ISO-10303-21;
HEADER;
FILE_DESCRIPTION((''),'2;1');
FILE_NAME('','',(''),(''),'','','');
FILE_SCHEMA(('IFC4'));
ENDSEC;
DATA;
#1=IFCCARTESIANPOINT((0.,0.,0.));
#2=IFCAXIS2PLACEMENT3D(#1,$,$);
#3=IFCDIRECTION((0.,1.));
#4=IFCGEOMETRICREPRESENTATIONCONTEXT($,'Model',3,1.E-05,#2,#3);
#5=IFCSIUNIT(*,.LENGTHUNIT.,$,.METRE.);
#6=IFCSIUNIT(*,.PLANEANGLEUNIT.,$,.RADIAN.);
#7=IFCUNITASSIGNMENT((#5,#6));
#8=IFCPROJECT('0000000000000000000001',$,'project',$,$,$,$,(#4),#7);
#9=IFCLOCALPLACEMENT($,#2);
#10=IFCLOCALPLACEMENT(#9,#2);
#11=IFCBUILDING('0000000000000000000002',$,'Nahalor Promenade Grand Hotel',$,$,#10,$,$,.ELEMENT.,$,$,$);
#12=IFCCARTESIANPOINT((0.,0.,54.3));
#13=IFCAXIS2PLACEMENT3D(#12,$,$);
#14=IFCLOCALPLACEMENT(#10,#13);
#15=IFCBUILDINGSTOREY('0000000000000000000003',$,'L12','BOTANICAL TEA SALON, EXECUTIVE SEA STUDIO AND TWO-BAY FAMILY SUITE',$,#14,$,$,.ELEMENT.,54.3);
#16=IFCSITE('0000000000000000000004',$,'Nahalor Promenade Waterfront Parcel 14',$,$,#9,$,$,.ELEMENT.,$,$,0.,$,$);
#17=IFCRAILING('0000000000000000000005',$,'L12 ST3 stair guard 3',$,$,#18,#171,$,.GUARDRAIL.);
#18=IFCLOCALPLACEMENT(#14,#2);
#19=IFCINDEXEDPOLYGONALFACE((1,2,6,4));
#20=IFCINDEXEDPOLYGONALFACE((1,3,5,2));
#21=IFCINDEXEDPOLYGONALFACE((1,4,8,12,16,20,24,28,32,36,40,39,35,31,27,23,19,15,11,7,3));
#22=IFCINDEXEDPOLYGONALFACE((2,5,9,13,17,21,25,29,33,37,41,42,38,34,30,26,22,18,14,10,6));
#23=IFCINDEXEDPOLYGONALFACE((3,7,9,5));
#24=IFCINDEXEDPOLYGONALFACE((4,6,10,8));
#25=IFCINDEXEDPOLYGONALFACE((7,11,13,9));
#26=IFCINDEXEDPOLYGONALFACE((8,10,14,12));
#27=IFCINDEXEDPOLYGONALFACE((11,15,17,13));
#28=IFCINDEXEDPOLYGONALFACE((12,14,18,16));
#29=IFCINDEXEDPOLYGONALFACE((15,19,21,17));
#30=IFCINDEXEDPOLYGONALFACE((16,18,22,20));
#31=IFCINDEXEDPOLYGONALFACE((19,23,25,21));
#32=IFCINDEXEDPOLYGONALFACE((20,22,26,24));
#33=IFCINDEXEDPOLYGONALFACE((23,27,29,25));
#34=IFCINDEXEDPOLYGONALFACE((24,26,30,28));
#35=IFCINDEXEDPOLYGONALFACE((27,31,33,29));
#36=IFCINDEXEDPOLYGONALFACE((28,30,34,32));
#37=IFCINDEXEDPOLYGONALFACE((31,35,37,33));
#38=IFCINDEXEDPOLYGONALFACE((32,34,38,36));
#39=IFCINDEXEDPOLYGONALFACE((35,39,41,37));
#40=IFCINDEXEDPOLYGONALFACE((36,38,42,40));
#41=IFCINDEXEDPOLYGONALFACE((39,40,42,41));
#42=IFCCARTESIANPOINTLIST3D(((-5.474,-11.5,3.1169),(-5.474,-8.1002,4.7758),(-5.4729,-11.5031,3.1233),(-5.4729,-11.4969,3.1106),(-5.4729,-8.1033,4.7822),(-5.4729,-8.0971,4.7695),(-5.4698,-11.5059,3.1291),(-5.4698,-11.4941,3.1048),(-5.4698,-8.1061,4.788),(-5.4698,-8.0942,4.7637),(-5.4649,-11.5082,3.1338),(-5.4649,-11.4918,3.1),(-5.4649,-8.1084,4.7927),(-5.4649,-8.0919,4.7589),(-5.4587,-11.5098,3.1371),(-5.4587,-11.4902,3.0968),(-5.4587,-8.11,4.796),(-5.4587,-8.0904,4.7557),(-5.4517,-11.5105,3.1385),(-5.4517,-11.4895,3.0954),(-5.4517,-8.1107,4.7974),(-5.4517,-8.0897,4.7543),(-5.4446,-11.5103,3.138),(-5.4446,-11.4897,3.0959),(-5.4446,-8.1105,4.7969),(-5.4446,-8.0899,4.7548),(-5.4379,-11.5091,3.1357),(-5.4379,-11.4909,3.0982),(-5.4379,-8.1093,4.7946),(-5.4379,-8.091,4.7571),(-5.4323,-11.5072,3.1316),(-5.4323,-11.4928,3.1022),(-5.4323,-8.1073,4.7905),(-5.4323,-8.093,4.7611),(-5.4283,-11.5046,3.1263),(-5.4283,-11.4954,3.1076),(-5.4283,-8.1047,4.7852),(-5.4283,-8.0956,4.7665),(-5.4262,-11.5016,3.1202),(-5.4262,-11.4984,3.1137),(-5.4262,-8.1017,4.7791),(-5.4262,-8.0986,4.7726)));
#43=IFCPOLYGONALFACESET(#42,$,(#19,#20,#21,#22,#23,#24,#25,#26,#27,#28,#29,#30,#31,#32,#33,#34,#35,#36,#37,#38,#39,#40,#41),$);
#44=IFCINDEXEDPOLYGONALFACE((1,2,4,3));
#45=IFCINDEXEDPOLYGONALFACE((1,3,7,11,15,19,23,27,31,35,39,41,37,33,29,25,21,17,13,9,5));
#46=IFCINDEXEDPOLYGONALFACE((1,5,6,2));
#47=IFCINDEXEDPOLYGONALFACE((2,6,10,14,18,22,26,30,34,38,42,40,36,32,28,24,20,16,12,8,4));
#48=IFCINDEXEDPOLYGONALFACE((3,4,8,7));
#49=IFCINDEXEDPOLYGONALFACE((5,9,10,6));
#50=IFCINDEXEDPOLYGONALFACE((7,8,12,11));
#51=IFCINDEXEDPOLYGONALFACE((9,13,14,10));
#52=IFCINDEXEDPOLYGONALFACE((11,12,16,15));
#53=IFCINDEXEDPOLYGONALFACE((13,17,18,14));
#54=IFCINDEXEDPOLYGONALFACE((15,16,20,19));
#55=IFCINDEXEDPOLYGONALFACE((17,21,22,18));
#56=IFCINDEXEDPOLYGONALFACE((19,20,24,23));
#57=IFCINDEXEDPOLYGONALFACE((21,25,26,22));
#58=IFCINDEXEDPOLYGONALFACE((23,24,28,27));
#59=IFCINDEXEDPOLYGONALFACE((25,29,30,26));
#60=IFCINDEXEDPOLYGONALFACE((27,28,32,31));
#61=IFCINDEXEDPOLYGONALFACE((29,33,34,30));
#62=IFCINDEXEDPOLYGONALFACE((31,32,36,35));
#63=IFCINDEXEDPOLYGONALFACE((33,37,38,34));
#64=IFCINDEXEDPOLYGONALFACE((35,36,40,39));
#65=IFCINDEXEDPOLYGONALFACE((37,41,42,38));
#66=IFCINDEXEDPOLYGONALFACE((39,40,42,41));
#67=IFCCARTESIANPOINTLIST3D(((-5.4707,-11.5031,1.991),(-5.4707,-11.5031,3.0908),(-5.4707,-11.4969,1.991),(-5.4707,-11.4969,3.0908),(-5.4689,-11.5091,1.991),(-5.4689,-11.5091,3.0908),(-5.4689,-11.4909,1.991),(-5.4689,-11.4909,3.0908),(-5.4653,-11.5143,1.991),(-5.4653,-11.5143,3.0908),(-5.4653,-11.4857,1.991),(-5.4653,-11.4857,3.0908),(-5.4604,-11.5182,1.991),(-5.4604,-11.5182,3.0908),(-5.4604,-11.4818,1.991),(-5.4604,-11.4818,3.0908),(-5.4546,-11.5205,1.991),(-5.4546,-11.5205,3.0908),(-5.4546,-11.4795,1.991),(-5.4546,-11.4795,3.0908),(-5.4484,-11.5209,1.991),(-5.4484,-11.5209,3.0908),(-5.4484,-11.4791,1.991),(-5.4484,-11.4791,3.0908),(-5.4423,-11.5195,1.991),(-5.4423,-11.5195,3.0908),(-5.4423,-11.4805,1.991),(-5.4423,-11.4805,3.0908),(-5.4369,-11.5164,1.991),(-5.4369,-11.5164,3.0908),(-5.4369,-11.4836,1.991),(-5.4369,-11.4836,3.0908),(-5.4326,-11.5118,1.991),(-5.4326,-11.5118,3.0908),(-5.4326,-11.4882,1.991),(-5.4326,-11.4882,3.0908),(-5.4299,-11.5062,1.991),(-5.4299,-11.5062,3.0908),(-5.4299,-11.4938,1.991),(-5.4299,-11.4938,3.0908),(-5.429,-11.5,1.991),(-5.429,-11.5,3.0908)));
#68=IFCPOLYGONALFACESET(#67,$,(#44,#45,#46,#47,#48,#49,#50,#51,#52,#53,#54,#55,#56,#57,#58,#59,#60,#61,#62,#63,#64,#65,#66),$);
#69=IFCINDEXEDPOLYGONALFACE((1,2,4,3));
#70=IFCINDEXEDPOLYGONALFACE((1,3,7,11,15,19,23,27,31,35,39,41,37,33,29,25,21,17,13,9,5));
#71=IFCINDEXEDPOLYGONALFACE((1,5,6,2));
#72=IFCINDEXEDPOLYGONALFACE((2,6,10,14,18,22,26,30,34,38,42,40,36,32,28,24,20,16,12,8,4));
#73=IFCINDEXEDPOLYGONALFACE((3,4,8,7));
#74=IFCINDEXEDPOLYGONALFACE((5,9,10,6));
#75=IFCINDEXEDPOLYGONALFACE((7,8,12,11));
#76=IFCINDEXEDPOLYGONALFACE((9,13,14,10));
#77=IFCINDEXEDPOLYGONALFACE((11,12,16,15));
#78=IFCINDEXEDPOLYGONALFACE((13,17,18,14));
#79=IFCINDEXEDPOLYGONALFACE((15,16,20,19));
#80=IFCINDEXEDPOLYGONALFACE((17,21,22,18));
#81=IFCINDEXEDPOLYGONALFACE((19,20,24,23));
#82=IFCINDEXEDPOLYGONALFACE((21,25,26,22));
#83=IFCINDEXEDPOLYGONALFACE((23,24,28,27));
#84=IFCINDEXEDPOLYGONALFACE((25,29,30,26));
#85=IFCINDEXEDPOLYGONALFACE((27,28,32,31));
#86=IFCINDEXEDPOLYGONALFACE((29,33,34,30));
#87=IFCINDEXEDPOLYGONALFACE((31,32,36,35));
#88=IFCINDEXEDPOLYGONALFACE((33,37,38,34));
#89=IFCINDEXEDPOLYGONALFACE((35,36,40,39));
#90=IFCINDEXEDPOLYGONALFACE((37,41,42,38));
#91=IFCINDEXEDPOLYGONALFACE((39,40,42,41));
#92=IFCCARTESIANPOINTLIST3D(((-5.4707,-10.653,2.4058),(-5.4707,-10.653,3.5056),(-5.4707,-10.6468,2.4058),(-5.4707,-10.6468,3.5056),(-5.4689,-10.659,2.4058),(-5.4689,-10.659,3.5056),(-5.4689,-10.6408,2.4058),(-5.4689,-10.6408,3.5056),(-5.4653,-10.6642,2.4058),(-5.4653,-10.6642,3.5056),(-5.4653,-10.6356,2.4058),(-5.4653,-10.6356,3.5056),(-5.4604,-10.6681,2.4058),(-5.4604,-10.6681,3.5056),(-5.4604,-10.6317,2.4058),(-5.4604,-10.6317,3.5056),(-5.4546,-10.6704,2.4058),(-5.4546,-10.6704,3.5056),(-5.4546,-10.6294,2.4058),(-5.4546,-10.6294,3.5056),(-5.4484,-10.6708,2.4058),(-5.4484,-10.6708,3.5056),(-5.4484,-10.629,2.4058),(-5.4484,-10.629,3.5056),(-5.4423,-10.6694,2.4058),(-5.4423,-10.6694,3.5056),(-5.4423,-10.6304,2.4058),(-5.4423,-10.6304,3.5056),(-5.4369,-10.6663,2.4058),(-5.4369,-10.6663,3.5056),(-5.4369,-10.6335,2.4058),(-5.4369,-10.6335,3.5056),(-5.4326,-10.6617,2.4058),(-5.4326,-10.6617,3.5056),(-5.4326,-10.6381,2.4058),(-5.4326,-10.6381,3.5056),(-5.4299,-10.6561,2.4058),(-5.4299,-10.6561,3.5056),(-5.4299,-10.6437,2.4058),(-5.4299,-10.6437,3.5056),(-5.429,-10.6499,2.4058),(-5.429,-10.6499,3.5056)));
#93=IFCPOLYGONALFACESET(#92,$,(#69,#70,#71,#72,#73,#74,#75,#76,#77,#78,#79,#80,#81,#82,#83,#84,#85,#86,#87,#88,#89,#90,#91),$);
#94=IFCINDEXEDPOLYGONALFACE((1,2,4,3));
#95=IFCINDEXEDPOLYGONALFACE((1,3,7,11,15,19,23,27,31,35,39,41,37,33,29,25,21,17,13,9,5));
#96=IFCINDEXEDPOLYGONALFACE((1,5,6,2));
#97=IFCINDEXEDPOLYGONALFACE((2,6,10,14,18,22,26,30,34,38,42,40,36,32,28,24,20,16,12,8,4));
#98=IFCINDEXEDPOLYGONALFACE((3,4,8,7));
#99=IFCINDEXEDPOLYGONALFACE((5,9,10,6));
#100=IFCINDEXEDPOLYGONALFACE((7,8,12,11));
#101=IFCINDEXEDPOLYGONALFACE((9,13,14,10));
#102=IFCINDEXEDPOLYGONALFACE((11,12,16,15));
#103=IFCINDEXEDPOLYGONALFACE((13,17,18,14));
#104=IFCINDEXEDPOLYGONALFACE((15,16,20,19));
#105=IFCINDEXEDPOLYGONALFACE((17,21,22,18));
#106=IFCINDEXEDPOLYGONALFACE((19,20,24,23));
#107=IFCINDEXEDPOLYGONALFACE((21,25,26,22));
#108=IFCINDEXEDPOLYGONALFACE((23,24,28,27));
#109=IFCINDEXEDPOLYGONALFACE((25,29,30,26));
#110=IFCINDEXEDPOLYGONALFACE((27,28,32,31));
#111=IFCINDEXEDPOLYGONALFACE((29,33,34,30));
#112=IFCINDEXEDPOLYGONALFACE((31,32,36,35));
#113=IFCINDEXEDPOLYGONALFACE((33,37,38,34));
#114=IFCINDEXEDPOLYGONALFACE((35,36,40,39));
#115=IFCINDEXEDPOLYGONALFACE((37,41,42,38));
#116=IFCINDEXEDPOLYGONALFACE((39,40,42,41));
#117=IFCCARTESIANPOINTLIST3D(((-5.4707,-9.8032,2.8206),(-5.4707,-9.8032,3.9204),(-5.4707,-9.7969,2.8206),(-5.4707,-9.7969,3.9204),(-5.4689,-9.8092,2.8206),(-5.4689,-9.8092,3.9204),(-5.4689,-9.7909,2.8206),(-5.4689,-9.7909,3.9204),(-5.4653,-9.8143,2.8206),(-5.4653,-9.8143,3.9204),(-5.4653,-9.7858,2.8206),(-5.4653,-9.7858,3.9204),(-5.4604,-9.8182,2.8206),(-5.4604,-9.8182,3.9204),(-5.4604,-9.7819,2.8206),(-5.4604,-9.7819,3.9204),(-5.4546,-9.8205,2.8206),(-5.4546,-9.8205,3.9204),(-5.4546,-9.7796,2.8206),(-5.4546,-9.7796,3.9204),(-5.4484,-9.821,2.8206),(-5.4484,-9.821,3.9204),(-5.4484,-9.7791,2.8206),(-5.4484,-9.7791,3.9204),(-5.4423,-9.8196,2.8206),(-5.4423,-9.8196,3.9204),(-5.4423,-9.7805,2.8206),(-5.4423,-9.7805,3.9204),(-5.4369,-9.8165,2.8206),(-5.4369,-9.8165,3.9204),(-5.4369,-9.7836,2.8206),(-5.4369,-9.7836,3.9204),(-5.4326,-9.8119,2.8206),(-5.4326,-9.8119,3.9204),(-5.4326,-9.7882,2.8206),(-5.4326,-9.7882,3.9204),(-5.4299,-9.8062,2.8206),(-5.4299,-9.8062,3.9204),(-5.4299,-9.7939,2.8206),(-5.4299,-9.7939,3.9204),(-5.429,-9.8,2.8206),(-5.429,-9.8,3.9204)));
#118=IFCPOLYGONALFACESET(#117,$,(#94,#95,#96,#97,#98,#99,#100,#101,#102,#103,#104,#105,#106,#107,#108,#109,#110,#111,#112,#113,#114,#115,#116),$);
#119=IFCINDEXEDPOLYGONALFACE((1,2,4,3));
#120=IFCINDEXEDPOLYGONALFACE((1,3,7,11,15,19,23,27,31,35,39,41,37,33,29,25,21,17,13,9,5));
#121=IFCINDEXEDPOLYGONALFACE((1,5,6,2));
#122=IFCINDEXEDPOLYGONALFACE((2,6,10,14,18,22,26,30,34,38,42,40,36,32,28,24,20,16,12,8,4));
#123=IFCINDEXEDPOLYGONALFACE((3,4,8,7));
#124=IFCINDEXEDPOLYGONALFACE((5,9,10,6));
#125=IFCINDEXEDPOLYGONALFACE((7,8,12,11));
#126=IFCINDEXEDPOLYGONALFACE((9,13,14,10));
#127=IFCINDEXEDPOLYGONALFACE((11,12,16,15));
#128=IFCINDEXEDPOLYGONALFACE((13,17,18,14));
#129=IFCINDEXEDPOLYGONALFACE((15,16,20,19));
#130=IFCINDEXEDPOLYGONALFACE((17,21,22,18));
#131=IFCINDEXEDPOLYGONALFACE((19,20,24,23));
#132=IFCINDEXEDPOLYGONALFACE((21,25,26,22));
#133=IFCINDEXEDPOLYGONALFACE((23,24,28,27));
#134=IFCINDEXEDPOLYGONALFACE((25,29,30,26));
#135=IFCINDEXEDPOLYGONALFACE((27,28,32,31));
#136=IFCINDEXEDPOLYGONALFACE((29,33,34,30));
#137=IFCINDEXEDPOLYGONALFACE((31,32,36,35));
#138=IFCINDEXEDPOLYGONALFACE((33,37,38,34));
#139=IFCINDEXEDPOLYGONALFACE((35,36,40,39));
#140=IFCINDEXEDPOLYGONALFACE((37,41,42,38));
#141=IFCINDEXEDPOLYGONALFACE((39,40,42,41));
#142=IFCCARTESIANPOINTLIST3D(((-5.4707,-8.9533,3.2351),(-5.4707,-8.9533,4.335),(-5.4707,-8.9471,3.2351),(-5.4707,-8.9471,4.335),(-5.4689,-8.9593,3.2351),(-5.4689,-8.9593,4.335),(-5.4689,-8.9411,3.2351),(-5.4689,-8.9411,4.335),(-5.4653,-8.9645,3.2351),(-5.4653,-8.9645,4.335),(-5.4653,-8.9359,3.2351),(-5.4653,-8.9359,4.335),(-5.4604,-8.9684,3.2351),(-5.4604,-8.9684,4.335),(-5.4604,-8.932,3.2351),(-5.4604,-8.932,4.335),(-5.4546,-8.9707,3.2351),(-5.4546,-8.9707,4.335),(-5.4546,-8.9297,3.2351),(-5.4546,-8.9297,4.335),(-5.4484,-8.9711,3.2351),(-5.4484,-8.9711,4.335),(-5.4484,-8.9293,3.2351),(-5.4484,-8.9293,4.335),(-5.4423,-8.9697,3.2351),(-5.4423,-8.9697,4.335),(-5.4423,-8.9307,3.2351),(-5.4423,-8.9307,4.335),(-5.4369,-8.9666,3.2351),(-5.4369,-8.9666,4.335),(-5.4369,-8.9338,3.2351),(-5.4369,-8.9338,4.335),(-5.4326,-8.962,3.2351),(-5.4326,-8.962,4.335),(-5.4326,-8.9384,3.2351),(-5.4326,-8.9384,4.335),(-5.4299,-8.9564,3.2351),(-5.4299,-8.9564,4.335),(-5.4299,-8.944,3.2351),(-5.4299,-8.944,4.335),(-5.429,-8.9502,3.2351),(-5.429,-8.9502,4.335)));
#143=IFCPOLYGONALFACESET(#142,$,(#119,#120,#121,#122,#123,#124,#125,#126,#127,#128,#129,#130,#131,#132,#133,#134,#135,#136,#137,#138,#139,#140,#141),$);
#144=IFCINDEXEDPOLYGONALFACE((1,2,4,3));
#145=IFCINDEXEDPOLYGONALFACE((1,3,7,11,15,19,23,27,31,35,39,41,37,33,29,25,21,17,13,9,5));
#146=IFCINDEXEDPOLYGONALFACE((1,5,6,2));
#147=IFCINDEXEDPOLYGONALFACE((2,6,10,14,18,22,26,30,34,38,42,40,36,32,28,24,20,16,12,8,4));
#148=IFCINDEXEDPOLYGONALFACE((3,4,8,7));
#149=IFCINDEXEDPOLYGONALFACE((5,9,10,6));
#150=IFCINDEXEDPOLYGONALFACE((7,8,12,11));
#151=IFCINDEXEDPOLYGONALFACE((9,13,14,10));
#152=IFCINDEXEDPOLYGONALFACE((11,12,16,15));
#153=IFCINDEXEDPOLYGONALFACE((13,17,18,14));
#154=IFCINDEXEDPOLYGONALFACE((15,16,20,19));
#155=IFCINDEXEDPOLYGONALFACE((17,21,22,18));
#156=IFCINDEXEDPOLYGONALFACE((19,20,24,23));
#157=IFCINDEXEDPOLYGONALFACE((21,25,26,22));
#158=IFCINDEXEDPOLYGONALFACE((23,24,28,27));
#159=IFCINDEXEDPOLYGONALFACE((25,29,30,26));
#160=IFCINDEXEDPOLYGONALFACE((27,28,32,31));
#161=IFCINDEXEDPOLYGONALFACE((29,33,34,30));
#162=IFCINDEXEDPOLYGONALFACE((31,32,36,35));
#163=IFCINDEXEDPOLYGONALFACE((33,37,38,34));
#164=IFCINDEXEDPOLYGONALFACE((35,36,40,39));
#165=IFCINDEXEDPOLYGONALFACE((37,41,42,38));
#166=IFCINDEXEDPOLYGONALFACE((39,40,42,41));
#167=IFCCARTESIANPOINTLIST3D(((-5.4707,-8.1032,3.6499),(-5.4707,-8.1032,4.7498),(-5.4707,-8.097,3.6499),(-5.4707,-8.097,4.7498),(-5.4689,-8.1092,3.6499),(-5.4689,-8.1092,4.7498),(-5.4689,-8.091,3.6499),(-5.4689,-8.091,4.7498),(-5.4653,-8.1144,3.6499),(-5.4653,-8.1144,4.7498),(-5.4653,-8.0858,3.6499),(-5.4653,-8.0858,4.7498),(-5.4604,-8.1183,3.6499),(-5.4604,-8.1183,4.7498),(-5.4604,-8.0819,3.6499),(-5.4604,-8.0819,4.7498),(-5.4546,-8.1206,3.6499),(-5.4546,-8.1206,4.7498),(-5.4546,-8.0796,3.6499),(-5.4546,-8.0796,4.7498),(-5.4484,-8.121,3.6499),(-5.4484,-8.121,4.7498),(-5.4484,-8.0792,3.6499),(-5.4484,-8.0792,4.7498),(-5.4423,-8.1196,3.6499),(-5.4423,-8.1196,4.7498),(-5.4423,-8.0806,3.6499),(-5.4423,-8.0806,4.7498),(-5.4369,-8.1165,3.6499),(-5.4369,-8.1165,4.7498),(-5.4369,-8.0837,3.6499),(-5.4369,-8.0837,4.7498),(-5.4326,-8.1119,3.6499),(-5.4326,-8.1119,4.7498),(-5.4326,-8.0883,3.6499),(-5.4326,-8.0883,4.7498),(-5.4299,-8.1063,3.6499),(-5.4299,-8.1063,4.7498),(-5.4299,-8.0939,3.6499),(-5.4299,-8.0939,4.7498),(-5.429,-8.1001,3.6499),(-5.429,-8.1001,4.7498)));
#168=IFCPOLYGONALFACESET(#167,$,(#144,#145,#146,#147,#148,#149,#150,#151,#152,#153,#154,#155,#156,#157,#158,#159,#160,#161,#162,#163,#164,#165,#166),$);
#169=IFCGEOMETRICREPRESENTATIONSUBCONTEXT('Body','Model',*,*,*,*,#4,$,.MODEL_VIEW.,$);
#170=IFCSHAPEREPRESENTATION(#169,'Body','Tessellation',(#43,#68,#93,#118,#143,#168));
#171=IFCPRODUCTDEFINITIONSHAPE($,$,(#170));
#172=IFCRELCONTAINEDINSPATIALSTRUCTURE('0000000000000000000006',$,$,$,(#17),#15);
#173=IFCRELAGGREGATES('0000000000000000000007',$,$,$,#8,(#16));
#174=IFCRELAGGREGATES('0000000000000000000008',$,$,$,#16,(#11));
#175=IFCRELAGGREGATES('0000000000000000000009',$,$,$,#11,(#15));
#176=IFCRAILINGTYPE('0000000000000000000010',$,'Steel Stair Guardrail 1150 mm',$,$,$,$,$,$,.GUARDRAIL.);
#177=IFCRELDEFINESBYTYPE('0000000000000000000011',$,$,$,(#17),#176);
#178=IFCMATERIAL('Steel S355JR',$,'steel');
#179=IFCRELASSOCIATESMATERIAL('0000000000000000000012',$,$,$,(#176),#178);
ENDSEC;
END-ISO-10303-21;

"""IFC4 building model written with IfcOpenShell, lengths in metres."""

from ifc_helpers import new_model, si_unit, direction, frame, origin, origin_2d, place, context, subcontext, project, spatial, circle, extrude, material, type_object, element, save


model = new_model("IFC4")

# Units and contexts
model_context = context("Model", 3, precision=1e-05, world=origin(), true_north=direction((0.0, 1.0)))
body_context = subcontext(model_context, "Body", "Model", "MODEL_VIEW")
ifc_project = project(units=[si_unit("LENGTHUNIT", "METRE"), si_unit("PLANEANGLEUNIT", "RADIAN")], contexts=[model_context])

# Site, building, storey
site_placement = place(None, origin())
site = spatial("IfcSite", under=ifc_project, at=site_placement, Name="Nahalor Promenade Waterfront Parcel 14", CompositionType="ELEMENT", RefElevation=0.0)
building_placement = place(site_placement, origin())
building = spatial("IfcBuilding", under=site, at=building_placement, Name="Nahalor Promenade Grand Hotel", CompositionType="ELEMENT")
storey_placement = place(building_placement, frame((0.0, 0.0, 54.3)))
storey = spatial("IfcBuildingStorey", under=building, at=storey_placement, Name="L12", Description="BOTANICAL TEA SALON, EXECUTIVE SEA STUDIO AND TWO-BAY FAMILY SUITE", CompositionType="ELEMENT", Elevation=54.3)

# Shared definitions
ifc_material_1 = material(Name="Steel S355JR", Category="steel")

# Railing
railing_type_1 = type_object("IfcRailingType", Name="Steel Stair Guardrail 1150 mm", PredefinedType="GUARDRAIL", material=ifc_material_1)
railing_1_placement = place(storey_placement, frame((-5.45, -11.5, 1.991)))
element("IfcRailing", 1, at=railing_1_placement, inside=storey, type_object=railing_type_1, Name="L12 ST3 stair guard 3", PredefinedType="GUARDRAIL", context=body_context, shape_type="SweptSolid", body=[
    extrude(circle(Radius=0.024, at=origin_2d()), frame((0.0, 0.0, 1.126), z_axis=(0.0, 0.898722, 0.438519), x_axis=(-1.0, 0.0, 0.0)), (0.0, 0.0, 1.0), 3.783),
    extrude(circle(Radius=0.021, at=origin_2d()), origin(), (0.0, 0.0, 1.0), 1.0999),
    extrude(circle(Radius=0.021, at=origin_2d()), frame((0.0, 0.8501, 0.4148)), (0.0, 0.0, 1.0), 1.0999),
    extrude(circle(Radius=0.021, at=origin_2d()), frame((0.0, 1.7, 0.8296)), (0.0, 0.0, 1.0), 1.0999),
    extrude(circle(Radius=0.021, at=origin_2d()), frame((0.0, 2.5498, 1.2441)), (0.0, 0.0, 1.0), 1.0999),
    extrude(circle(Radius=0.021, at=origin_2d()), frame((0.0, 3.3999, 1.6589)), (0.0, 0.0, 1.0), 1.0999),
])

save(model, "model.ifc")
